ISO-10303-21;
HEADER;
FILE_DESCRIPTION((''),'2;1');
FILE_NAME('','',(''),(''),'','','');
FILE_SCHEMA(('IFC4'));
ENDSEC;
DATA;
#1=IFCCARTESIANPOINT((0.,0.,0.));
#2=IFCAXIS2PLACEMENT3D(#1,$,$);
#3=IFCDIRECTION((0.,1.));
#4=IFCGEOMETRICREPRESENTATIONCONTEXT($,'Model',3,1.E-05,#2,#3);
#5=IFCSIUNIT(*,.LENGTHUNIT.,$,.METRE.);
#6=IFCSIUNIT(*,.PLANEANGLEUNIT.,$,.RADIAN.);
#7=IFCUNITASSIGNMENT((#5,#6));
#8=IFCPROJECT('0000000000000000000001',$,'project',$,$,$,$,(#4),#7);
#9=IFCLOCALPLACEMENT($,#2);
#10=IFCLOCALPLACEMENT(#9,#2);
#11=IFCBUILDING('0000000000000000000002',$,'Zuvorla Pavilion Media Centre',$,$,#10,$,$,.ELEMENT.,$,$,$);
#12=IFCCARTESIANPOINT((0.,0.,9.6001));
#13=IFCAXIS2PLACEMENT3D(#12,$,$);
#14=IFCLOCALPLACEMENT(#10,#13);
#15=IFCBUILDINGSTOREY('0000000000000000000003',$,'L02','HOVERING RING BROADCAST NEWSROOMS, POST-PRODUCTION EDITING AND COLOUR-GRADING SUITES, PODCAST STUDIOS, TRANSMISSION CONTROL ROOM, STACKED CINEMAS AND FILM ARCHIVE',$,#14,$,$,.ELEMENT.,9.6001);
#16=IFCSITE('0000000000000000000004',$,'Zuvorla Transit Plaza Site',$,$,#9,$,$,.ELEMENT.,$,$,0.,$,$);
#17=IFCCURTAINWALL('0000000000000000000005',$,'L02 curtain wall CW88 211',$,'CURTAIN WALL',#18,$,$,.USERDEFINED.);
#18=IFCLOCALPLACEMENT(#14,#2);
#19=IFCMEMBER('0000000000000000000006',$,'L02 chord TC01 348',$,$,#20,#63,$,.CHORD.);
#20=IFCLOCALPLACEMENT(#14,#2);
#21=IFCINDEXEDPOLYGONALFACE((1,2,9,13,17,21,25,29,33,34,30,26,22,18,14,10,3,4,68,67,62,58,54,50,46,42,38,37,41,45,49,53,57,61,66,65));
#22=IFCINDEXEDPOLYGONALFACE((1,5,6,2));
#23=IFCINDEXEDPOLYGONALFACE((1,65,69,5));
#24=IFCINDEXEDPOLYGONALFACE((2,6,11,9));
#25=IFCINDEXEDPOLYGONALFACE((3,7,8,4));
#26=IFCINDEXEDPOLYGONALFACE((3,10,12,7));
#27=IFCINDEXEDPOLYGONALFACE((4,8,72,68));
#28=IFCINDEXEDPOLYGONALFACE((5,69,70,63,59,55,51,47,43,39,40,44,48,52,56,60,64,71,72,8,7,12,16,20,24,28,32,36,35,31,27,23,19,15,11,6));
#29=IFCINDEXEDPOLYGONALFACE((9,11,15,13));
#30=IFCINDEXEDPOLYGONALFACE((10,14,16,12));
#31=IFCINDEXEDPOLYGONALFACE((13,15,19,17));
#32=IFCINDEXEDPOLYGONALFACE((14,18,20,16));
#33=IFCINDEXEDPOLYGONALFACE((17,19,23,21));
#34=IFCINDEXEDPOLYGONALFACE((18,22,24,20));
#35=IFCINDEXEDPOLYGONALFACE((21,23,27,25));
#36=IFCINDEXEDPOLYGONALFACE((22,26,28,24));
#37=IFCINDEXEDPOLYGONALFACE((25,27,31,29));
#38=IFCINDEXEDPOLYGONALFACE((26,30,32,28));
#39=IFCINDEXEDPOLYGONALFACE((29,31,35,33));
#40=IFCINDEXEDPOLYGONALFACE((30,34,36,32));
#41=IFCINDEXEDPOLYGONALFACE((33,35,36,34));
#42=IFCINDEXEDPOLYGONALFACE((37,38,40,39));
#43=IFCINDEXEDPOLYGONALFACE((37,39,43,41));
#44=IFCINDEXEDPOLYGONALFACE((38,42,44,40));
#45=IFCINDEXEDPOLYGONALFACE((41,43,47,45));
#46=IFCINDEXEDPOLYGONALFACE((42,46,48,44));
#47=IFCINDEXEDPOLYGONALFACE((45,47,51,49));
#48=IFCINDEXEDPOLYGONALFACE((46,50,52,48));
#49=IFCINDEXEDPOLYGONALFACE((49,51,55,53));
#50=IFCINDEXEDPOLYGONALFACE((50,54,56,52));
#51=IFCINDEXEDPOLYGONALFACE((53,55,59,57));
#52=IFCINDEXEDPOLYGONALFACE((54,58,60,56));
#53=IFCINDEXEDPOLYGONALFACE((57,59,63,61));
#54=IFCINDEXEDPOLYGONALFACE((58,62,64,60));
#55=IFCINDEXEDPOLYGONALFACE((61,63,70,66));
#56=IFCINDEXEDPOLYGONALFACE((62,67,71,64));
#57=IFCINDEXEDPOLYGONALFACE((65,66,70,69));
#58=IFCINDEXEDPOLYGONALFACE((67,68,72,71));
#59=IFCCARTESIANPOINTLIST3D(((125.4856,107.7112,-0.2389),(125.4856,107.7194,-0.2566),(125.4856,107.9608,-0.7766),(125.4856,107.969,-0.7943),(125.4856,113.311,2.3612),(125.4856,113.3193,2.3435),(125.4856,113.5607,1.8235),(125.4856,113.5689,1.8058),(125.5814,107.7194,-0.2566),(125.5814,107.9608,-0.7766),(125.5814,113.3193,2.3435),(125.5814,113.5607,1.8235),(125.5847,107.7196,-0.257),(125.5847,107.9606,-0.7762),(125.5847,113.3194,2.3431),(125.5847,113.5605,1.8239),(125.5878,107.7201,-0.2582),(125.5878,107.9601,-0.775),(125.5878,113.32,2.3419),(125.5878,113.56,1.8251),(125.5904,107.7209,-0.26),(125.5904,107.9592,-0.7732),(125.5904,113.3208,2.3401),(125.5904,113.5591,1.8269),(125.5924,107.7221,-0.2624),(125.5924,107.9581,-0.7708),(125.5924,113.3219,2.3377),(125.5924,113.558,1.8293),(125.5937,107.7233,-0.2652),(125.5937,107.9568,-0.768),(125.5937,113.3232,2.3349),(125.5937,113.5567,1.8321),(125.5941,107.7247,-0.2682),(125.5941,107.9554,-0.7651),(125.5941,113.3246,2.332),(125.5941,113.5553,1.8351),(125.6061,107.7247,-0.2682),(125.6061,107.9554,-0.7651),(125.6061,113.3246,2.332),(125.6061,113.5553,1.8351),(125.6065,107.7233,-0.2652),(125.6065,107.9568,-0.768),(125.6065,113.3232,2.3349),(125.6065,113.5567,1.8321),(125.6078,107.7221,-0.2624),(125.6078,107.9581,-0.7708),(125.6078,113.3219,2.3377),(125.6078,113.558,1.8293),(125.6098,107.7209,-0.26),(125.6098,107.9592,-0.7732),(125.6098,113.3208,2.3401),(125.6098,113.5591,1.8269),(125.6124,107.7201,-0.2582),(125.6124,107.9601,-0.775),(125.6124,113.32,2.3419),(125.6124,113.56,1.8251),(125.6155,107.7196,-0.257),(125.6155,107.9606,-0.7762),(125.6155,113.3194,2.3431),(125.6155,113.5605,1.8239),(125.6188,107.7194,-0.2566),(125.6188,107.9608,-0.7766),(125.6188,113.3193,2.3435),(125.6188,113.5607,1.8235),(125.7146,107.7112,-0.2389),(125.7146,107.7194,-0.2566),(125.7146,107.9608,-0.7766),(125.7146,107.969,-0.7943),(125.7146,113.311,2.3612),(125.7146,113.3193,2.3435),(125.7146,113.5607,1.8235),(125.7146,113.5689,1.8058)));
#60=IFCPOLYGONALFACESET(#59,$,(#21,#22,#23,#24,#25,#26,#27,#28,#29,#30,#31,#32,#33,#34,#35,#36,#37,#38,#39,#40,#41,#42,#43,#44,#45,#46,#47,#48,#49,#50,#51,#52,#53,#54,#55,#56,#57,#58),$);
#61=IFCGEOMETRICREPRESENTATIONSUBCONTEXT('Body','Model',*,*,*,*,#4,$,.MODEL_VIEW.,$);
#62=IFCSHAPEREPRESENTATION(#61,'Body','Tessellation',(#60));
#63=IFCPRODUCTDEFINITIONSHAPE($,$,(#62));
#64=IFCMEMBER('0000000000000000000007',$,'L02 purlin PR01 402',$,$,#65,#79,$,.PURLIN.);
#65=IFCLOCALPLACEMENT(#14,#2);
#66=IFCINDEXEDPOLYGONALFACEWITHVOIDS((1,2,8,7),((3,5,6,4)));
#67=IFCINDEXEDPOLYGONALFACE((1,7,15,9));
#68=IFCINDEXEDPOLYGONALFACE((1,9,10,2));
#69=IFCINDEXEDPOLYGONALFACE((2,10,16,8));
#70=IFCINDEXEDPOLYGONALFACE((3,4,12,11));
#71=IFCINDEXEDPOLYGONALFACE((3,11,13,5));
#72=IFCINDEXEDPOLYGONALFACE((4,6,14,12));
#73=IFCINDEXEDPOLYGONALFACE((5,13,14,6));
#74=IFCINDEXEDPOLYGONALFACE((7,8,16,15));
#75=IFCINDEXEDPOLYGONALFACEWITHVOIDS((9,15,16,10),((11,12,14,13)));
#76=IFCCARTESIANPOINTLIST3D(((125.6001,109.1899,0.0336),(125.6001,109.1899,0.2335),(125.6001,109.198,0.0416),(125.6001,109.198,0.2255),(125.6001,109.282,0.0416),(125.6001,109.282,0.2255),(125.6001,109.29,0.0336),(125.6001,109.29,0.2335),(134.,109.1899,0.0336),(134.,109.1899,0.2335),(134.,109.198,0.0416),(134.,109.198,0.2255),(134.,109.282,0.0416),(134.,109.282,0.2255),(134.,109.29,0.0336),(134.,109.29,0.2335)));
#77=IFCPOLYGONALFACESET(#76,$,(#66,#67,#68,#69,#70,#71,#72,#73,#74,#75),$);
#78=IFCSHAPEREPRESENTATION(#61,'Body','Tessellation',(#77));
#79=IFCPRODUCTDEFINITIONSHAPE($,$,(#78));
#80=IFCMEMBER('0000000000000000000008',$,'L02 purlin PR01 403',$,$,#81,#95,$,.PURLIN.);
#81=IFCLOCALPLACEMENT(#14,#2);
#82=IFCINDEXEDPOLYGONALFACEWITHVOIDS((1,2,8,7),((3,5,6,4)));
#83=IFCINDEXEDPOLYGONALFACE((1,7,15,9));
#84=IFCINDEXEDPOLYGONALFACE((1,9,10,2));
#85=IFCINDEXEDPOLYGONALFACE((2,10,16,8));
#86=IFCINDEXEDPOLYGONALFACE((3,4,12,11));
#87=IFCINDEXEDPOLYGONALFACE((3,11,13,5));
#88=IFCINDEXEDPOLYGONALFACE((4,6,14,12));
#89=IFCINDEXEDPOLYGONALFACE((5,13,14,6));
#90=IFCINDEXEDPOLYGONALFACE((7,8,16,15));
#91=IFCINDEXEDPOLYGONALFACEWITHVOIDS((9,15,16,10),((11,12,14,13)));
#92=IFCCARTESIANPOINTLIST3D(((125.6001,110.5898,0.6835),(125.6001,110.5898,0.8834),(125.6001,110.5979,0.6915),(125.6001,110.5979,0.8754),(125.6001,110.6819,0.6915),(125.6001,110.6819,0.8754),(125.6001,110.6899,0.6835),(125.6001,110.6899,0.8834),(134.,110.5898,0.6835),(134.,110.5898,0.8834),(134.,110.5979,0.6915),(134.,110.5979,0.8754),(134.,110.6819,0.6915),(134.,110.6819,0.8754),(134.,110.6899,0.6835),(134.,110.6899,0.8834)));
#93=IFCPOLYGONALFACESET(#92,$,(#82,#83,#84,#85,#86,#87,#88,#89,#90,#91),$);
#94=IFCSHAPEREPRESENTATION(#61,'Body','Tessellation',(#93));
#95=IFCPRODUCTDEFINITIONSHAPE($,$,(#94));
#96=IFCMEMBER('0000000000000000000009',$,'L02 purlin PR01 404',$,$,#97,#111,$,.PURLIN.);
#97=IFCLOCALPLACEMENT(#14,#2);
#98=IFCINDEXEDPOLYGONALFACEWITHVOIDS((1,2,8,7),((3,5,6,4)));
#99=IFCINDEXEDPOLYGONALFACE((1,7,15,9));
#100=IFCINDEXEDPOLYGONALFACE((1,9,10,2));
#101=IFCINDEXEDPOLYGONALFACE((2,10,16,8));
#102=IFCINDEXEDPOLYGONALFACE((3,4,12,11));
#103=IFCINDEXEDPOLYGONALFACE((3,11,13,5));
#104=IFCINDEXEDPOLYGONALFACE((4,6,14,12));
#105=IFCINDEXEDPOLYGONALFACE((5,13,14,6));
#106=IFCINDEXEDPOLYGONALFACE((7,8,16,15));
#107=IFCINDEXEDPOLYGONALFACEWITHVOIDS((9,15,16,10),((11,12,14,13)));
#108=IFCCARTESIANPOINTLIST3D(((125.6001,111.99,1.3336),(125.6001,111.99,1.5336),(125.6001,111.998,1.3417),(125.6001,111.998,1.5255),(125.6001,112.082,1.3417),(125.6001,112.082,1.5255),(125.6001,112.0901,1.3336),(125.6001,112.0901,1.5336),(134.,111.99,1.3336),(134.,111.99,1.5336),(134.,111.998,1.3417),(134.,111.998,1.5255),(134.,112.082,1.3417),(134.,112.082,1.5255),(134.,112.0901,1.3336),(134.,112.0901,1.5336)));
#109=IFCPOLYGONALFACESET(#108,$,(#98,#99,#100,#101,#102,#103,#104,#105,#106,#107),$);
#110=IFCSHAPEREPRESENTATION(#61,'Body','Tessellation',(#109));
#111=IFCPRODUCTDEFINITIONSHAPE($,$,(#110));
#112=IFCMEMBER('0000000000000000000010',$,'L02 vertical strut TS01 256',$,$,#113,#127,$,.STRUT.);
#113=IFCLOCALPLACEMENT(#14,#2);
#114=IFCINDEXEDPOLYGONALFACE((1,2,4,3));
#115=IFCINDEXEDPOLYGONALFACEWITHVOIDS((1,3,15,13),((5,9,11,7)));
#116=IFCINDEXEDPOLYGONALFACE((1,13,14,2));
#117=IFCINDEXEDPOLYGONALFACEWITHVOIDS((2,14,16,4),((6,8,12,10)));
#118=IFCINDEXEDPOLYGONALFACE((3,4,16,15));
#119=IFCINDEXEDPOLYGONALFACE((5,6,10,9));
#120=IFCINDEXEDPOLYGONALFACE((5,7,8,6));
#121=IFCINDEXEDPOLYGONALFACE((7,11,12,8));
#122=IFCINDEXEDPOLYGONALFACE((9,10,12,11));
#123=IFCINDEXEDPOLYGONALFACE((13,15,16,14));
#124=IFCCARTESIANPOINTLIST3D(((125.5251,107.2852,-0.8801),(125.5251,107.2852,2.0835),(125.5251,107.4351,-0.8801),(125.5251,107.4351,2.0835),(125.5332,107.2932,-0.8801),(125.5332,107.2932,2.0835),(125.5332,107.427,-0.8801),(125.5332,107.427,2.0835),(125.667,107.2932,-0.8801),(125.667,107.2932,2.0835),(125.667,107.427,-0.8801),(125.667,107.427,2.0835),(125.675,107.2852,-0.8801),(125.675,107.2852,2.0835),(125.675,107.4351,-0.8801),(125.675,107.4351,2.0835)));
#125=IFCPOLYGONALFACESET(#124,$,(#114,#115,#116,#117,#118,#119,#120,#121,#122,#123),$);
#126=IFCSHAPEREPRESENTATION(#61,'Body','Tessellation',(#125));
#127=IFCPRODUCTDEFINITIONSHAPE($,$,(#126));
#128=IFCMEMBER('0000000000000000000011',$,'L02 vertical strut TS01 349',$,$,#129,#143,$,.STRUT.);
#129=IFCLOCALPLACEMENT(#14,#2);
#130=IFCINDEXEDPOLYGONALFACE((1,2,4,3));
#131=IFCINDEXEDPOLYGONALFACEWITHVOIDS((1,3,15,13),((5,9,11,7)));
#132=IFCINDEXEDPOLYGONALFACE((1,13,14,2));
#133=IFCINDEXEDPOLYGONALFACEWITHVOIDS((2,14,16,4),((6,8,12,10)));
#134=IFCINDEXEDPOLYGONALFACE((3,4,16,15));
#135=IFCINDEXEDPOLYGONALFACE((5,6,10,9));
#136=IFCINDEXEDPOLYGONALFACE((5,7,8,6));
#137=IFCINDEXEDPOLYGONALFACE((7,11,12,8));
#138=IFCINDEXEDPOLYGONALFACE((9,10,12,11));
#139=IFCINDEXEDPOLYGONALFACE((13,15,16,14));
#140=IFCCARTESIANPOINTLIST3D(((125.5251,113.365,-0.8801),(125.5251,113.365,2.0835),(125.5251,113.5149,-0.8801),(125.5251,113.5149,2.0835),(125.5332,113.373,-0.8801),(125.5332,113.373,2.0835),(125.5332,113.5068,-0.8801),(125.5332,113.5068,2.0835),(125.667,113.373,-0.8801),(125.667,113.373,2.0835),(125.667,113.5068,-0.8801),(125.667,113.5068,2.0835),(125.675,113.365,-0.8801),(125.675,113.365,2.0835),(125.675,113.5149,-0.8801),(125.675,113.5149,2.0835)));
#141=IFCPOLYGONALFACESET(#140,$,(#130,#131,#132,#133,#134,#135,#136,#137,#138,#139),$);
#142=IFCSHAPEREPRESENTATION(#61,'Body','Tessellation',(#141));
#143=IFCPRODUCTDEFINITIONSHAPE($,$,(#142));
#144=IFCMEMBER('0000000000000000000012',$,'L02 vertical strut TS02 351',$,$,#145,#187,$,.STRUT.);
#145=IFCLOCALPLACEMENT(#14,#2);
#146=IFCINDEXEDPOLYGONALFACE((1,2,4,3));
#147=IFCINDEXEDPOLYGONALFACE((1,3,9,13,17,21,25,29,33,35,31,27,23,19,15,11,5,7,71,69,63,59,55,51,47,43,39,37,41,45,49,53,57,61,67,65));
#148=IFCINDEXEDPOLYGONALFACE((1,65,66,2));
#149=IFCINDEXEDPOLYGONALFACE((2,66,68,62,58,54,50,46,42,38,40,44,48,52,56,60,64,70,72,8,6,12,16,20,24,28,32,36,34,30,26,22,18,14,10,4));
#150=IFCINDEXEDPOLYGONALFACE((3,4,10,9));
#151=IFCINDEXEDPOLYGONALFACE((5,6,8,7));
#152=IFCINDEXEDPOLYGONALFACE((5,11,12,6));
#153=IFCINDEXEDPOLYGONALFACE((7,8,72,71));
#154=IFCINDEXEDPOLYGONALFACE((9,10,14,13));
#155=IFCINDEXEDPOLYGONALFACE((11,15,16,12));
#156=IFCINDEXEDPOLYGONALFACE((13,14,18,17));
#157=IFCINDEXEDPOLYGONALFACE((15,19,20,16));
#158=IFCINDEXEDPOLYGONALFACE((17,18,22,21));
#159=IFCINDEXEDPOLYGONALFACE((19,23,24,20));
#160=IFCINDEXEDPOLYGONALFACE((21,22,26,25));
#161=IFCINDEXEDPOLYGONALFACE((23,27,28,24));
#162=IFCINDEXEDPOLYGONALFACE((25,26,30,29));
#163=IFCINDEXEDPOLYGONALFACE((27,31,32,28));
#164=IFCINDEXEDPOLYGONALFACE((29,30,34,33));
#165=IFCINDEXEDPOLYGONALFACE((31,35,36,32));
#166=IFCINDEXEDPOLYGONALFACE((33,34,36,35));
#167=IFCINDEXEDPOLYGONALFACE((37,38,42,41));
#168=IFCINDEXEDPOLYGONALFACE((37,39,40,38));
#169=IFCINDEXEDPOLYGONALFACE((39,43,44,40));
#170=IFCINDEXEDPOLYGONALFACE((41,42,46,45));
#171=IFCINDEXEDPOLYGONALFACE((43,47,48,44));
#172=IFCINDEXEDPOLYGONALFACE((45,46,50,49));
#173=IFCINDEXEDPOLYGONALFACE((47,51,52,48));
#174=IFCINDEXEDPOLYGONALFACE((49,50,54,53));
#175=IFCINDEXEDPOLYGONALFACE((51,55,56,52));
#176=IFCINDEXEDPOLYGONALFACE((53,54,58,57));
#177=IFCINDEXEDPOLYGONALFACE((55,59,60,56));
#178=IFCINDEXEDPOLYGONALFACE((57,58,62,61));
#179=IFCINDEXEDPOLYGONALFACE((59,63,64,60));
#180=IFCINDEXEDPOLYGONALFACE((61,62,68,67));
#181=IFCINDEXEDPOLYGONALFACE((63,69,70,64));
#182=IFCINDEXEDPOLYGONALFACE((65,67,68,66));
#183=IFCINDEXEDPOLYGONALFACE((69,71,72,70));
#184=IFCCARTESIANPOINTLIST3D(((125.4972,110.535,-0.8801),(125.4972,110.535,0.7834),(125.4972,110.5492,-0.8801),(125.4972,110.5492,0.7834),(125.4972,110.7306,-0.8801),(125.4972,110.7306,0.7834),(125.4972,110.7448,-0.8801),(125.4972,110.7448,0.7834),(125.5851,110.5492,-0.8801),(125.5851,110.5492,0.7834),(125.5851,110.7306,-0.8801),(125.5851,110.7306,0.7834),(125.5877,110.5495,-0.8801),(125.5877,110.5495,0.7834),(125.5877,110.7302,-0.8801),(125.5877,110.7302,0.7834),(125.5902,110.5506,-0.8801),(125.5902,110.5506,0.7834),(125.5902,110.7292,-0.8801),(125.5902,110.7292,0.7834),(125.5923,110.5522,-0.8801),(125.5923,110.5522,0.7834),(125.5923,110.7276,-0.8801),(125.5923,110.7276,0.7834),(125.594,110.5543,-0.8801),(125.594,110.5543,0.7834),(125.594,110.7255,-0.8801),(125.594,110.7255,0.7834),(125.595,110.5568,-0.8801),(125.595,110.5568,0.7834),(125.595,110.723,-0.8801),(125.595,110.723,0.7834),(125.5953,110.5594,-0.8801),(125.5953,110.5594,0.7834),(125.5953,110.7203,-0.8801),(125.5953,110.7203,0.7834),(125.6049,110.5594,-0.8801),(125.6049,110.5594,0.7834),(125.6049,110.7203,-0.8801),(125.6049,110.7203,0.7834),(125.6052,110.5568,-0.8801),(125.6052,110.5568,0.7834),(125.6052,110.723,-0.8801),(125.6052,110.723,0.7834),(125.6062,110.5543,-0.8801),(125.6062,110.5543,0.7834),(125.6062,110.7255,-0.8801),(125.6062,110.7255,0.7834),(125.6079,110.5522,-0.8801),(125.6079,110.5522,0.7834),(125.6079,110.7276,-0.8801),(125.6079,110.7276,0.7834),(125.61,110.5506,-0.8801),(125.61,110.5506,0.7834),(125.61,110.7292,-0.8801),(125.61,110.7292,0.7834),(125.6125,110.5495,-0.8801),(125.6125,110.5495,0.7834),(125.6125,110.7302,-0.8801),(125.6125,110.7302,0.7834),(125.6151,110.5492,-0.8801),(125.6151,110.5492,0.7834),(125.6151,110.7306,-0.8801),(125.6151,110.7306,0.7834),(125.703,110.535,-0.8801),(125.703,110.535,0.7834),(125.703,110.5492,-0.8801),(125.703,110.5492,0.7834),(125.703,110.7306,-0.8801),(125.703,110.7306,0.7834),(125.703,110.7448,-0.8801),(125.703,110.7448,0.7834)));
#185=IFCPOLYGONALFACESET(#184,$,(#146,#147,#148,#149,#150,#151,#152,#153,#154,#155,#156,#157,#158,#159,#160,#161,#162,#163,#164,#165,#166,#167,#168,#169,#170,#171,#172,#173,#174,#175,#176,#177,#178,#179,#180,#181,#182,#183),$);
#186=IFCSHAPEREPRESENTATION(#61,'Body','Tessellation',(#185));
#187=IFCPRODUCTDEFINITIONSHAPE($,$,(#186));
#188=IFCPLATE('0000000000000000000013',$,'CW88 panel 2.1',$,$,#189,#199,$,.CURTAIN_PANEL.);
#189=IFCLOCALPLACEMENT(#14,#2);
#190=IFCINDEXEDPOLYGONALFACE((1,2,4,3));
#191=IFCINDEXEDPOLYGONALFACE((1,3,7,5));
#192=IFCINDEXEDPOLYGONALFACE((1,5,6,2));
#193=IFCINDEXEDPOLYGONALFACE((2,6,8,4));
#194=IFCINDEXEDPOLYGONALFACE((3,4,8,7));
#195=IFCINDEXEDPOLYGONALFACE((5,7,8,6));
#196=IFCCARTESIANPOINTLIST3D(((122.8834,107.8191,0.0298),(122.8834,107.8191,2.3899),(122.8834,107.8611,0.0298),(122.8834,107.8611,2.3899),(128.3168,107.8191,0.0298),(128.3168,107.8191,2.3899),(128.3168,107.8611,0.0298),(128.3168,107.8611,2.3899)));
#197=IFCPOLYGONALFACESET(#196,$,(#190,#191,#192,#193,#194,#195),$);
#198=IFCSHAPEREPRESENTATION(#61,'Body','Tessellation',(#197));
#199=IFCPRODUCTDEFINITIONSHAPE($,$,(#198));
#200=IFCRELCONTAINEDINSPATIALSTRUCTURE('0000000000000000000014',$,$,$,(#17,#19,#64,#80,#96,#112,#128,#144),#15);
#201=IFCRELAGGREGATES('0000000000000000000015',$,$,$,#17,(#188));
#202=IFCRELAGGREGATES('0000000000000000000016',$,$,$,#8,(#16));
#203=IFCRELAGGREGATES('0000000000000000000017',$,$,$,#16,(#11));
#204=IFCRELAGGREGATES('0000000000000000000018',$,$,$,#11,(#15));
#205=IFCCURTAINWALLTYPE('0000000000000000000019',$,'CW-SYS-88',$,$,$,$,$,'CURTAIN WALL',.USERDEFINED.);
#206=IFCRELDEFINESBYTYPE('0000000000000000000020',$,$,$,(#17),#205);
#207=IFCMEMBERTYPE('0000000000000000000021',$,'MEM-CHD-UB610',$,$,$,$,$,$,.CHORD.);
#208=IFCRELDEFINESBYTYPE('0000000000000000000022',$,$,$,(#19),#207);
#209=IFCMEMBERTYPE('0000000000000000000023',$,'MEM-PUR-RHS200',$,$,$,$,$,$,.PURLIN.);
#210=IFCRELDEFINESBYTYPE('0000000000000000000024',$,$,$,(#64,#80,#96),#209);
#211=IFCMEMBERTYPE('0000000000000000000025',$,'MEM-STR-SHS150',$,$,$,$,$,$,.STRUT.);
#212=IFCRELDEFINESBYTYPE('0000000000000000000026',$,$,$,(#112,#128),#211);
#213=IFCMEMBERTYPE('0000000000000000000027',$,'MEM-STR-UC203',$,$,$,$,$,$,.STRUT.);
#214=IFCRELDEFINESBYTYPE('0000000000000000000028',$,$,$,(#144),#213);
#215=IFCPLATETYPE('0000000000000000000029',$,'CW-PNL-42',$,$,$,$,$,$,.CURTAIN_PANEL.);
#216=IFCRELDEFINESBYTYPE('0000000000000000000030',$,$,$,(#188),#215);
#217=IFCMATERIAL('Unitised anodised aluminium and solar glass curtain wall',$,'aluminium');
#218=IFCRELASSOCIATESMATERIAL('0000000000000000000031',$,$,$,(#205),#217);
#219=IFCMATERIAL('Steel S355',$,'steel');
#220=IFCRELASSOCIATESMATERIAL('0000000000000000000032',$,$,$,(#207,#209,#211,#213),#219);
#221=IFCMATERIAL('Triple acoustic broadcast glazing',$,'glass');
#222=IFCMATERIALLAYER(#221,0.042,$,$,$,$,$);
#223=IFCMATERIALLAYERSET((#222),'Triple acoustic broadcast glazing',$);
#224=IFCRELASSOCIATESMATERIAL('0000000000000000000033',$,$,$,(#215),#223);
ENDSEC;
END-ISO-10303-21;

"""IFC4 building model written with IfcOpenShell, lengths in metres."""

from ifc_helpers import new_model, si_unit, direction, frame, origin, origin_2d, place, context, subcontext, project, spatial, rectangle, hollow_rectangle, i_section, extrude, material, layer, layer_set, material_profile, profile_set, type_object, element, aggregate, save


model = new_model("IFC4")

# Units and contexts
model_context = context("Model", 3, precision=1e-05, world=origin(), true_north=direction((0.0, 1.0)))
body_context = subcontext(model_context, "Body", "Model", "MODEL_VIEW")
ifc_project = project(units=[si_unit("LENGTHUNIT", "METRE"), si_unit("PLANEANGLEUNIT", "RADIAN")], contexts=[model_context])

# Site, building, storey
site_placement = place(None, origin())
site = spatial("IfcSite", under=ifc_project, at=site_placement, Name="Zuvorla Transit Plaza Site", CompositionType="ELEMENT", RefElevation=0.0)
building_placement = place(site_placement, origin())
building = spatial("IfcBuilding", under=site, at=building_placement, Name="Zuvorla Pavilion Media Centre", CompositionType="ELEMENT")
storey_placement = place(building_placement, frame((0.0, 0.0, 9.6001)))
storey = spatial("IfcBuildingStorey", under=building, at=storey_placement, Name="L02", Description="HOVERING RING BROADCAST NEWSROOMS, POST-PRODUCTION EDITING AND COLOUR-GRADING SUITES, PODCAST STUDIOS, TRANSMISSION CONTROL ROOM, STACKED CINEMAS AND FILM ARCHIVE", CompositionType="ELEMENT", Elevation=9.6001)

# Shared definitions
ifc_material_1 = material(Name="Steel S355", Category="steel")

# Curtain wall
ifc_material_2 = material(Name="Unitised anodised aluminium and solar glass curtain wall", Category="aluminium")
curtain_wall_type = type_object("IfcCurtainWallType", Name="CW-SYS-88", ElementType="CURTAIN WALL", PredefinedType="USERDEFINED", material=ifc_material_2)
curtain_wall_1_placement = place(storey_placement, origin())
curtain_wall_1 = element("IfcCurtainWall", 1, at=curtain_wall_1_placement, inside=storey, type_object=curtain_wall_type, Name="L02 curtain wall CW88 211", ObjectType="CURTAIN WALL", PredefinedType="USERDEFINED")

# Members
ifc_material_profile_1 = material_profile(ifc_material_1, i_section(OverallWidth=0.229, OverallDepth=0.6123, WebThickness=0.012, FlangeThickness=0.0195, FilletRadius=0.0127, at=origin_2d()), Name="UB 610x229x125")
ifc_profile_set_1 = profile_set([ifc_material_profile_1], Name="Steel S355")
member_type_1 = type_object("IfcMemberType", Name="MEM-CHD-UB610", PredefinedType="CHORD", material=ifc_profile_set_1)
member_1_placement = place(storey_placement, frame((125.6001, 107.8401, -0.5166), z_axis=(0.0, 0.906999, 0.421133), x_axis=(-1.0, 0.0, 0.0)))
element("IfcMember", 2, at=member_1_placement, inside=storey, type_object=member_type_1, Name="L02 chord TC01 348", PredefinedType="CHORD", context=body_context, shape_type="SweptSolid", body=[
    extrude(i_section(OverallWidth=0.229, OverallDepth=0.6123, WebThickness=0.012, FlangeThickness=0.0195, FilletRadius=0.0127, at=origin_2d()), origin(), (0.0, 0.0, 1.0), 6.1741),
])
ifc_material_profile_2 = material_profile(ifc_material_1, hollow_rectangle(XDim=0.1001, YDim=0.2, WallThickness=0.0081, at=origin_2d()), Name="RHS 200x100x8")
ifc_profile_set_2 = profile_set([ifc_material_profile_2], Name="Steel S355")
member_type_2 = type_object("IfcMemberType", Name="MEM-PUR-RHS200", PredefinedType="PURLIN", material=ifc_profile_set_2)
for number, where, z_axis, x_axis, name in (
    (3, (125.6001, 109.24, 0.1335), (1.0, 0.0, 0.0), (0.0, 1.0, 0.0), "L02 purlin PR01 402"),
    (4, (125.6001, 110.6399, 0.7834), (1.0, 0.0, 0.0), (0.0, 1.0, 0.0), "L02 purlin PR01 403"),
    (5, (125.6001, 112.04, 1.4336), (1.0, 0.0, 0.0), (0.0, 1.0, 0.0), "L02 purlin PR01 404"),
):
    element("IfcMember", number, at=place(storey_placement, frame(where, z_axis=z_axis, x_axis=x_axis)), inside=storey, type_object=member_type_2, Name=name, PredefinedType="PURLIN", context=body_context, shape_type="SweptSolid", body=[
        extrude(hollow_rectangle(XDim=0.1001, YDim=0.2, WallThickness=0.0081, at=origin_2d()), origin(), (0.0, 0.0, 1.0), 8.3999),
    ])
ifc_material_profile_3 = material_profile(ifc_material_1, hollow_rectangle(XDim=0.1499, YDim=0.1499, WallThickness=0.0081, at=origin_2d()), Name="SHS 150x150x8")
ifc_profile_set_3 = profile_set([ifc_material_profile_3], Name="Steel S355")
member_type_3 = type_object("IfcMemberType", Name="MEM-STR-SHS150", PredefinedType="STRUT", material=ifc_profile_set_3)
for number, where, z_axis, x_axis, name in (
    (6, (125.6001, 107.3601, -0.8801), (0.0, 0.0, 1.0), (1.0, 0.0, 0.0), "L02 vertical strut TS01 256"),
    (7, (125.6001, 113.4399, -0.8801), (0.0, 0.0, 1.0), (1.0, 0.0, 0.0), "L02 vertical strut TS01 349"),
):
    element("IfcMember", number, at=place(storey_placement, frame(where, z_axis=z_axis, x_axis=x_axis)), inside=storey, type_object=member_type_3, Name=name, PredefinedType="STRUT", context=body_context, shape_type="SweptSolid", body=[
        extrude(hollow_rectangle(XDim=0.1499, YDim=0.1499, WallThickness=0.0081, at=origin_2d()), origin(), (0.0, 0.0, 1.0), 2.9636),
    ])
ifc_material_profile_4 = material_profile(ifc_material_1, i_section(OverallWidth=0.2058, OverallDepth=0.2097, WebThickness=0.0095, FlangeThickness=0.0142, FilletRadius=0.0103, at=origin_2d()), Name="UC 203x203x60")
ifc_profile_set_4 = profile_set([ifc_material_profile_4], Name="Steel S355")
member_type_4 = type_object("IfcMemberType", Name="MEM-STR-UC203", PredefinedType="STRUT", material=ifc_profile_set_4)
member_2_placement = place(storey_placement, frame((125.6001, 110.6399, -0.8801), z_axis=(0.0, 0.0, 1.0), x_axis=(1.0, 0.0, 0.0)))
element("IfcMember", 8, at=member_2_placement, inside=storey, type_object=member_type_4, Name="L02 vertical strut TS02 351", PredefinedType="STRUT", context=body_context, shape_type="SweptSolid", body=[
    extrude(i_section(OverallWidth=0.2058, OverallDepth=0.2097, WebThickness=0.0095, FlangeThickness=0.0142, FilletRadius=0.0103, at=origin_2d()), origin(), (0.0, 0.0, 1.0), 1.6636),
])

# Plate
ifc_material_3 = material(Name="Triple acoustic broadcast glazing", Category="glass")
ifc_layer_1 = layer(ifc_material_3, 0.042)
ifc_layer_set_1 = layer_set([ifc_layer_1], Name="Triple acoustic broadcast glazing")
plate_type_1 = type_object("IfcPlateType", Name="CW-PNL-42", PredefinedType="CURTAIN_PANEL", material=ifc_layer_set_1)
plate_1_placement = place(storey_placement, frame((125.6001, 107.8401, 0.0298), z_axis=(0.0, 0.0, 1.0), x_axis=(1.0, 0.0, 0.0)))
plate_1 = element("IfcPlate", 9, at=plate_1_placement, type_object=plate_type_1, Name="CW88 panel 2.1", PredefinedType="CURTAIN_PANEL", context=body_context, shape_type="SweptSolid", body=[
    extrude(rectangle(XDim=5.4333, YDim=0.042, at=origin_2d()), origin(), (0.0, 0.0, 1.0), 2.3601),
])
aggregate(curtain_wall_1, [plate_1])

save(model, "model.ifc")
